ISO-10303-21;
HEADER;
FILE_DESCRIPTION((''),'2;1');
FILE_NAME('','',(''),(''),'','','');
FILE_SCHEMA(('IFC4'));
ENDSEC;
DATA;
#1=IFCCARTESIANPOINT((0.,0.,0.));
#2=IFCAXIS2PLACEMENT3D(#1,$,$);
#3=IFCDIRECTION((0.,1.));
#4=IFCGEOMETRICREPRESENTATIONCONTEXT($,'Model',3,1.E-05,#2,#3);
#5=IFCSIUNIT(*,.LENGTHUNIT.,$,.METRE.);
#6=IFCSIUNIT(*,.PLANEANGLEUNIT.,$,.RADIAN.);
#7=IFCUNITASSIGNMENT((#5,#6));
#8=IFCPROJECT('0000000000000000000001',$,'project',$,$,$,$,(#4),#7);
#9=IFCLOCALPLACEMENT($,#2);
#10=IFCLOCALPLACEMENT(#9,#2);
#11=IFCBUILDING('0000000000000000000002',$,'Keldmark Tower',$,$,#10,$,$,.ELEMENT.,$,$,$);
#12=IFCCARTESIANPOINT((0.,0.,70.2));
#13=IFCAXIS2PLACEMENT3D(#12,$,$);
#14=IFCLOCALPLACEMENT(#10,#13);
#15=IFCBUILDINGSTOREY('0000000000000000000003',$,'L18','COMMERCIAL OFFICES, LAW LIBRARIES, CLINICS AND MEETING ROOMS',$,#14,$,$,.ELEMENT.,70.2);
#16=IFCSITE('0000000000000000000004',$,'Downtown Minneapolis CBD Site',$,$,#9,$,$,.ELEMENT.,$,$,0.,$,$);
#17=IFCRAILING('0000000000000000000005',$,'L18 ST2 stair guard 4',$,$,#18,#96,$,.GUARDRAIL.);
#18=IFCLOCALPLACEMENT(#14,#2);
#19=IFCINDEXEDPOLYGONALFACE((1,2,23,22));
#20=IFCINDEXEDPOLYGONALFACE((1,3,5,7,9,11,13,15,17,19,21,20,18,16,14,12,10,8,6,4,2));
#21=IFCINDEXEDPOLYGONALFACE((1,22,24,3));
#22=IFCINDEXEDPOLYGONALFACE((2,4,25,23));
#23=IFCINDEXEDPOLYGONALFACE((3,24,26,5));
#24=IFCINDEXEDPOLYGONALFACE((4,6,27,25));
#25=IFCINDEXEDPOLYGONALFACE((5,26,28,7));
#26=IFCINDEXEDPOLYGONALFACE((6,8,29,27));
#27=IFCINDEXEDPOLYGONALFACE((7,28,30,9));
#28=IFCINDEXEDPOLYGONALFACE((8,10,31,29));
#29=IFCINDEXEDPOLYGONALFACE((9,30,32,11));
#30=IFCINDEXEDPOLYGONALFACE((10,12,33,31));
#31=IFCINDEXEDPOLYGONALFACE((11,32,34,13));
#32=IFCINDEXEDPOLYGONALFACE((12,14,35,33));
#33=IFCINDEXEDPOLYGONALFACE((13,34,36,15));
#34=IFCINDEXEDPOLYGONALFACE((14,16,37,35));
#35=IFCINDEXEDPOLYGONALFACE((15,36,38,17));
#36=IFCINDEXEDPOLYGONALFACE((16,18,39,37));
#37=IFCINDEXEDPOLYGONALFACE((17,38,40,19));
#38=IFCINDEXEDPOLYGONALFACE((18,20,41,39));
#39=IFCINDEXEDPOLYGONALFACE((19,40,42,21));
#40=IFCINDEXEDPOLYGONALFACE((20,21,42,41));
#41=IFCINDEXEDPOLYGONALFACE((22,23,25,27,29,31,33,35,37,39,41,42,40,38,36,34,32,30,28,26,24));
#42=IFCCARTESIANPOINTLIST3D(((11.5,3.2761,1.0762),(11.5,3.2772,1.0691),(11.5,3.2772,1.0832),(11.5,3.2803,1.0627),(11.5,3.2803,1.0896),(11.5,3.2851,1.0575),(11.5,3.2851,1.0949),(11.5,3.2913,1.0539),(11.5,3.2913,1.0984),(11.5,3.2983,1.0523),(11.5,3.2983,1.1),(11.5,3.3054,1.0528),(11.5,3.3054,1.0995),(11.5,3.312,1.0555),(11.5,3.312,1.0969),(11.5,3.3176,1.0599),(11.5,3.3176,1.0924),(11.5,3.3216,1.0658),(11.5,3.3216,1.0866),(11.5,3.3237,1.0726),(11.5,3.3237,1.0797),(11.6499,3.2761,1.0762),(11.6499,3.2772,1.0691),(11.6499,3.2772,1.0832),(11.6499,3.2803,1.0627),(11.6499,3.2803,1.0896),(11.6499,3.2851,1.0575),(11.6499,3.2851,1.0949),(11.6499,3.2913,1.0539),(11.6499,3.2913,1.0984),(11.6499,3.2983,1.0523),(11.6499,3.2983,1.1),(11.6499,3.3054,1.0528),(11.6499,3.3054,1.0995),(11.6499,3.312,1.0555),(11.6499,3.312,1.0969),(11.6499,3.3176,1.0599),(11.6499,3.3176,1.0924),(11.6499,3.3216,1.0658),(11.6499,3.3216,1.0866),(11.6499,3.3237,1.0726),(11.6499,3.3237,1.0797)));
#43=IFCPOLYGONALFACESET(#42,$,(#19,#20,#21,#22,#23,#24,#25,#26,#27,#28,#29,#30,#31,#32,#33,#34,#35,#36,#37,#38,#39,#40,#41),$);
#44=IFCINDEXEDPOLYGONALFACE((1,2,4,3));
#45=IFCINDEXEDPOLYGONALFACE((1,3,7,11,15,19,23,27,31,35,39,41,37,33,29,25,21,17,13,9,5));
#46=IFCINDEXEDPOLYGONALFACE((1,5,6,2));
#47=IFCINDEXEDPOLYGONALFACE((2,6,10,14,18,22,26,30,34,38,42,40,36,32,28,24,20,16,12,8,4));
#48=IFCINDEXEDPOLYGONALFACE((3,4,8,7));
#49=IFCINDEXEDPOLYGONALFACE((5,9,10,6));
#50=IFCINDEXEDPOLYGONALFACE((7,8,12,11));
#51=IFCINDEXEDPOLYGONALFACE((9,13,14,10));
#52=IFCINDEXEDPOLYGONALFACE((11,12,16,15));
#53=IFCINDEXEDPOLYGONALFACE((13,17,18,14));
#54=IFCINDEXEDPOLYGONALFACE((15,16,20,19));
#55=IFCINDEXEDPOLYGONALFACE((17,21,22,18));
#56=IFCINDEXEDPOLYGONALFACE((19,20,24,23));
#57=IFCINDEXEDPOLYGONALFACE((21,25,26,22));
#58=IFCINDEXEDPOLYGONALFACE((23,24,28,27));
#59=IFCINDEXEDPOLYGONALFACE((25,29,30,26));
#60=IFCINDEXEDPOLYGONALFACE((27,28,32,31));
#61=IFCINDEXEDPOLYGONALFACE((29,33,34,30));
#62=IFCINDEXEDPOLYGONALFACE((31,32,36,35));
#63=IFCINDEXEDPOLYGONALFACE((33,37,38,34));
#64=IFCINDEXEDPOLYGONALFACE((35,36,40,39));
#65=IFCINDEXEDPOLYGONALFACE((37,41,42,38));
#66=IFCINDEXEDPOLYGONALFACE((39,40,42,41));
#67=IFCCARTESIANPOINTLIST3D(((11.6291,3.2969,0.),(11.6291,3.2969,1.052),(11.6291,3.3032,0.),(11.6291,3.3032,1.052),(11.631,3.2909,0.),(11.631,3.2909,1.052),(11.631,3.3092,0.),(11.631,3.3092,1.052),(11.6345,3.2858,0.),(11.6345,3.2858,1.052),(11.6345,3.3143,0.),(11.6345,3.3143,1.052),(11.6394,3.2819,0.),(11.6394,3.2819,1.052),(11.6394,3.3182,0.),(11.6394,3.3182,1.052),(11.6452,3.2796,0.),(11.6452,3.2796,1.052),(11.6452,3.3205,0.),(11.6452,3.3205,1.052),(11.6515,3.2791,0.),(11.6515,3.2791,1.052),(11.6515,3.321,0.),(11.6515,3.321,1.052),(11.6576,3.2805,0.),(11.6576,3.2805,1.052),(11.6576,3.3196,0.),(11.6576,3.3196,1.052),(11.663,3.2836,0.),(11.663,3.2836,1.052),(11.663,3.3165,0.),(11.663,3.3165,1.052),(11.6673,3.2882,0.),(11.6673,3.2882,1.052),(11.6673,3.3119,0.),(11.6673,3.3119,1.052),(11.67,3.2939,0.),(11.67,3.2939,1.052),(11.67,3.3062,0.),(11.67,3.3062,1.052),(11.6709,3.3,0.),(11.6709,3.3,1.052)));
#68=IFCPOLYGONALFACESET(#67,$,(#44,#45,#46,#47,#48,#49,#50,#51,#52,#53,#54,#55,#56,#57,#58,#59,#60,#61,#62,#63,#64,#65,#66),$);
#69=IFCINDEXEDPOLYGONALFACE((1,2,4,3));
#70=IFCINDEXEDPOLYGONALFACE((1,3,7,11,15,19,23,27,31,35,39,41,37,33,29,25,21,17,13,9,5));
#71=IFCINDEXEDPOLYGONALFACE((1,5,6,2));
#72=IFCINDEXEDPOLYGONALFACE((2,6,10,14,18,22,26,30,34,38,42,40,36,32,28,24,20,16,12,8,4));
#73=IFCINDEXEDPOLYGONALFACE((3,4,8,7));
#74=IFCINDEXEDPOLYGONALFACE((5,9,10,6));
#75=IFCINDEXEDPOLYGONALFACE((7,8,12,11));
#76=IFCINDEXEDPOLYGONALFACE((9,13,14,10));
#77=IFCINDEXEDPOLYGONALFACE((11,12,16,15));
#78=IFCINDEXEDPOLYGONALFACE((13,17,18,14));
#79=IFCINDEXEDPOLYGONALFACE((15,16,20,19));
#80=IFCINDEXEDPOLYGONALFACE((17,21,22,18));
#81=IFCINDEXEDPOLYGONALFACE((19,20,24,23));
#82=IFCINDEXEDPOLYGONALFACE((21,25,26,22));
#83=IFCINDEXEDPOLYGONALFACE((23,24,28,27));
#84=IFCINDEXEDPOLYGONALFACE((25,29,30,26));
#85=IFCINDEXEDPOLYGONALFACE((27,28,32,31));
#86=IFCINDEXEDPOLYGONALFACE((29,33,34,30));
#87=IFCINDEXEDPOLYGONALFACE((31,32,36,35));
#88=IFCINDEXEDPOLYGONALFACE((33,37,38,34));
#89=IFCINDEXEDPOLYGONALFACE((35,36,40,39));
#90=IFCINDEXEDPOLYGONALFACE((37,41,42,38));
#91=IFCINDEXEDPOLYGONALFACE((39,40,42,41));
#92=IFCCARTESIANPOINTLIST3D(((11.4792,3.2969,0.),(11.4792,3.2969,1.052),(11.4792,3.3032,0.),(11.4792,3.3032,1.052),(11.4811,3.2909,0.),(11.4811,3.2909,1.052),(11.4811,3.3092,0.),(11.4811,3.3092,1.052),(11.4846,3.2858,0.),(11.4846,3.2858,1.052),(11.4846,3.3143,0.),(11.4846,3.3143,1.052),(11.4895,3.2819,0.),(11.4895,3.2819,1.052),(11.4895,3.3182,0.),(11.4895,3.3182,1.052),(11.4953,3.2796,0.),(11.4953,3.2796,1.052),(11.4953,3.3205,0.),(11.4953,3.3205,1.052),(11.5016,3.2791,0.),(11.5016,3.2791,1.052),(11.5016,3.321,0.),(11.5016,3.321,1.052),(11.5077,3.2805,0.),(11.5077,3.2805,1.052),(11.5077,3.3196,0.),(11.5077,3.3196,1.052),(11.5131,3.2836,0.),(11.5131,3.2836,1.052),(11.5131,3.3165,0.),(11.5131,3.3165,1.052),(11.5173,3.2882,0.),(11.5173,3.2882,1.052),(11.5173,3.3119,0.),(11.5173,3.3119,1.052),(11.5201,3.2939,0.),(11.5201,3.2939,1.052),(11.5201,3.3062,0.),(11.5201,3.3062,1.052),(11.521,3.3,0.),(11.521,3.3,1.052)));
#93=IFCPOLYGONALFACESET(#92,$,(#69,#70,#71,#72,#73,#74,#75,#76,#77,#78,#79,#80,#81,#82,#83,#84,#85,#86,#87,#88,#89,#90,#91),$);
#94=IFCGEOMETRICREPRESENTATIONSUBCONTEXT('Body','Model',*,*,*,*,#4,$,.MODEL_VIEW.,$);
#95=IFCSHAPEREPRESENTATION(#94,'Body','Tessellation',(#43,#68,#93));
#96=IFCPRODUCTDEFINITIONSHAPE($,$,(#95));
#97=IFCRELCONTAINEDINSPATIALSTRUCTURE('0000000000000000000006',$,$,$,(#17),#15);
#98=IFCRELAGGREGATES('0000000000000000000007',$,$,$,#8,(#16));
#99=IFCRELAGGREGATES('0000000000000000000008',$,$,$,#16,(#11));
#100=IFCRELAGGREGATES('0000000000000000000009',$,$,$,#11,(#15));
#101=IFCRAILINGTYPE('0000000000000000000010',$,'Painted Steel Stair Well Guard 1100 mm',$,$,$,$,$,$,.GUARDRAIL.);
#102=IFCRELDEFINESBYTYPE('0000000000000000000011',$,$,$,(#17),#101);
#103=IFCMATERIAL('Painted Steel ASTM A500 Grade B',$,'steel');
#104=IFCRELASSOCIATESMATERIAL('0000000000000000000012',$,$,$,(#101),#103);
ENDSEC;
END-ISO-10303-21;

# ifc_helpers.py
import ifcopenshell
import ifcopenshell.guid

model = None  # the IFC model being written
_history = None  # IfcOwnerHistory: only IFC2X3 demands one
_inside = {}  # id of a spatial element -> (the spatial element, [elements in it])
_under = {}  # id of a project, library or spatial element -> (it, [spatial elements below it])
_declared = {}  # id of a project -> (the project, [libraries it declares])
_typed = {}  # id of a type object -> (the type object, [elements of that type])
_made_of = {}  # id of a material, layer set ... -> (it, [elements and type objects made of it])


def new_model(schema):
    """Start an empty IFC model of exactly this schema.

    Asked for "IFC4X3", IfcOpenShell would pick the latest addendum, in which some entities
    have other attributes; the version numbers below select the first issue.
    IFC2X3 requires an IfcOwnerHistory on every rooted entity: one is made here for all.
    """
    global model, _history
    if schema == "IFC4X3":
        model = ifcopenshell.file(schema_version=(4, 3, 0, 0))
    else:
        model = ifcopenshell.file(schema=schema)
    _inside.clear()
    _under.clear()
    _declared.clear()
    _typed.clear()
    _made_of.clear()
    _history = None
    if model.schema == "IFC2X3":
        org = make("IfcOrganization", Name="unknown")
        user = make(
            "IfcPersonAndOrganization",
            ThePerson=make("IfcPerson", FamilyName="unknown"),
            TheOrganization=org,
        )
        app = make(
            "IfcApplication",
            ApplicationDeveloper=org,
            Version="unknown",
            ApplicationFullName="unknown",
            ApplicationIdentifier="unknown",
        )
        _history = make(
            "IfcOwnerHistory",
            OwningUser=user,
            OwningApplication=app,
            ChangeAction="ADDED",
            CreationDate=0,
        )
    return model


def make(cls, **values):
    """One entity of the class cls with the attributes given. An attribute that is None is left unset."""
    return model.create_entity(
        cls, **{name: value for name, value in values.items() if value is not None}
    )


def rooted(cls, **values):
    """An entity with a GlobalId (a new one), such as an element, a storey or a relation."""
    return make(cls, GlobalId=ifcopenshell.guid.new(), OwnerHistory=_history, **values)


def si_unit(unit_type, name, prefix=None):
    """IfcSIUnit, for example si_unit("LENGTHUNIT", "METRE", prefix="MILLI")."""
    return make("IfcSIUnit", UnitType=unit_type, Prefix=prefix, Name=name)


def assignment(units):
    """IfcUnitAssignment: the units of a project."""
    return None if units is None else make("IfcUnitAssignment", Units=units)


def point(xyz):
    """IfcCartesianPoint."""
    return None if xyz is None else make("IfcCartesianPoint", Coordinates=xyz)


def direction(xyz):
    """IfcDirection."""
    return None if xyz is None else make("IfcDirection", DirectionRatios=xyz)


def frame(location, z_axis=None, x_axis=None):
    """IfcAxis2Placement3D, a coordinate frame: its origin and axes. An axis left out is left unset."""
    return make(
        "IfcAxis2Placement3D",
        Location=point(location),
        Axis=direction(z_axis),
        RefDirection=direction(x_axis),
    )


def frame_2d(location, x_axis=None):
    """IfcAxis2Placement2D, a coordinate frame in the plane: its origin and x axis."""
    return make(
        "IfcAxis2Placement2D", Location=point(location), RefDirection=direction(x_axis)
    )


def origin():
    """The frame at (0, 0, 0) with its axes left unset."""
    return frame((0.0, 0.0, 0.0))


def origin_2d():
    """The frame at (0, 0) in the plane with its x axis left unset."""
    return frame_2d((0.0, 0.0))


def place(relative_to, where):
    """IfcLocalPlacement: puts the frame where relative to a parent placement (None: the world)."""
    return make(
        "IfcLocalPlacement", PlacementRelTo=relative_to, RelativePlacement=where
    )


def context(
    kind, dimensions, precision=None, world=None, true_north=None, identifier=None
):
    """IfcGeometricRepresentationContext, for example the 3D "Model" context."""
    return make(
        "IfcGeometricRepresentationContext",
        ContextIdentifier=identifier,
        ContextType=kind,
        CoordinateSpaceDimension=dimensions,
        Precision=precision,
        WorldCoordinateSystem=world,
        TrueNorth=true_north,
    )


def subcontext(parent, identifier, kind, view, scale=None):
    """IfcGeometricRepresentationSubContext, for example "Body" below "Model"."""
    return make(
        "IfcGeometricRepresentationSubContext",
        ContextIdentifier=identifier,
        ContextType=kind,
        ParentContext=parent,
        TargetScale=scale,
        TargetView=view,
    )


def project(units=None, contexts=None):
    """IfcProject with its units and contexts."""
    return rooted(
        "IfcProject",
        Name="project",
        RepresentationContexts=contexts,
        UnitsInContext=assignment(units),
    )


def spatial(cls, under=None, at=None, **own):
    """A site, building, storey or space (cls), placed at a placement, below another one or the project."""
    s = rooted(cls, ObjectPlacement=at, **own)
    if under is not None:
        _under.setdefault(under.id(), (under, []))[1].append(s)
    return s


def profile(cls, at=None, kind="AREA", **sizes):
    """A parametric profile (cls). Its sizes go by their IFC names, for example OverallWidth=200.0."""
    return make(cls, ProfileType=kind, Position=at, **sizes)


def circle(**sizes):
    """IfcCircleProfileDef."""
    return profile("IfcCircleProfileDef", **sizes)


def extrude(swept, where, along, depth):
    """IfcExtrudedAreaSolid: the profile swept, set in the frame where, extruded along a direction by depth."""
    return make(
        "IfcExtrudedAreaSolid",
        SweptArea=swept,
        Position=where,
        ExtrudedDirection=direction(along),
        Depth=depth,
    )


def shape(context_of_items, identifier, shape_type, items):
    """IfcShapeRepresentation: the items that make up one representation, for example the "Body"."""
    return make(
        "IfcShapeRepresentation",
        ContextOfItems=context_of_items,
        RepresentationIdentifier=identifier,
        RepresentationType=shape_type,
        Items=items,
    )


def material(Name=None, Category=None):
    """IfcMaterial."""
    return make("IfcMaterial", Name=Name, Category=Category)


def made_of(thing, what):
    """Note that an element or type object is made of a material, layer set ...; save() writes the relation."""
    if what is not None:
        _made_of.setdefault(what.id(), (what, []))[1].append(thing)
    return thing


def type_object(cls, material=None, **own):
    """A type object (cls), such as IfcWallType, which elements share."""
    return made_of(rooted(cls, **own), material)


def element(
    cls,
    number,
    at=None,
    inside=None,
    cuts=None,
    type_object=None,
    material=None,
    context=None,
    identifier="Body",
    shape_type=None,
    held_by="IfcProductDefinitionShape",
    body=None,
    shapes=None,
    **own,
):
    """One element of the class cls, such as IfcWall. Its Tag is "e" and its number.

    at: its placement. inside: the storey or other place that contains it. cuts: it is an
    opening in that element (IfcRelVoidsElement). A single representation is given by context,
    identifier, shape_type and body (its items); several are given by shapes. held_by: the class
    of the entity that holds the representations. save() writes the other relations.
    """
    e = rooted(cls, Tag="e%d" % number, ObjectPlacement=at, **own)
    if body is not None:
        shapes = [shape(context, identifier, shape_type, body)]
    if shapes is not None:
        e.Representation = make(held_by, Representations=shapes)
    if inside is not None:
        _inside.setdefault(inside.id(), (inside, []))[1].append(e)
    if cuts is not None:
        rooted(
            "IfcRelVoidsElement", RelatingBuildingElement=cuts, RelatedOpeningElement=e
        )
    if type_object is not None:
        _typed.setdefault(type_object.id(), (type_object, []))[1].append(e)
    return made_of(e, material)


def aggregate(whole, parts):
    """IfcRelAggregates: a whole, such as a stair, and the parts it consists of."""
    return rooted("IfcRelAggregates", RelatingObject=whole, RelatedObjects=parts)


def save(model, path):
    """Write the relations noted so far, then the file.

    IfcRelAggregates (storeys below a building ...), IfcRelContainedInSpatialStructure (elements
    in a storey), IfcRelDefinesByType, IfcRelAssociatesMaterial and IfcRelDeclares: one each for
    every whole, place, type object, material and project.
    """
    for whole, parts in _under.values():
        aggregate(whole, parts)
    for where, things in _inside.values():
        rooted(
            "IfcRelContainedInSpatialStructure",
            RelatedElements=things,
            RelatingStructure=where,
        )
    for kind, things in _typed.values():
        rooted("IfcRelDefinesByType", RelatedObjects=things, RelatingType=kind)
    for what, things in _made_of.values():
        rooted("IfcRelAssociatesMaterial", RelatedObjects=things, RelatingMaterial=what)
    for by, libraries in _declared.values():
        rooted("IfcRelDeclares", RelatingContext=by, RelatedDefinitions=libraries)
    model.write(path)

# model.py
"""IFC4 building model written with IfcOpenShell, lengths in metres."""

from ifc_helpers import new_model, si_unit, direction, frame, origin, origin_2d, place, context, subcontext, project, spatial, circle, extrude, material, type_object, element, save


model = new_model("IFC4")

# Units and contexts
model_context = context("Model", 3, precision=1e-05, world=origin(), true_north=direction((0.0, 1.0)))
body_context = subcontext(model_context, "Body", "Model", "MODEL_VIEW")
ifc_project = project(units=[si_unit("LENGTHUNIT", "METRE"), si_unit("PLANEANGLEUNIT", "RADIAN")], contexts=[model_context])

# Site, building, storey
site_placement = place(None, origin())
site = spatial("IfcSite", under=ifc_project, at=site_placement, Name="Downtown Minneapolis CBD Site", CompositionType="ELEMENT", RefElevation=0.0)
building_placement = place(site_placement, origin())
building = spatial("IfcBuilding", under=site, at=building_placement, Name="Keldmark Tower", CompositionType="ELEMENT")
storey_placement = place(building_placement, frame((0.0, 0.0, 70.2)))
storey = spatial("IfcBuildingStorey", under=building, at=storey_placement, Name="L18", Description="COMMERCIAL OFFICES, LAW LIBRARIES, CLINICS AND MEETING ROOMS", CompositionType="ELEMENT", Elevation=70.2)

# Railing
ifc_material_1 = material(Name="Painted Steel ASTM A500 Grade B", Category="steel")
railing_type_1 = type_object("IfcRailingType", Name="Painted Steel Stair Well Guard 1100 mm", PredefinedType="GUARDRAIL", material=ifc_material_1)
railing_1_placement = place(storey_placement, frame((11.6499, 3.3, 0.0)))
element("IfcRailing", 1, at=railing_1_placement, inside=storey, type_object=railing_type_1, Name="L18 ST2 stair guard 4", PredefinedType="GUARDRAIL", context=body_context, shape_type="SweptSolid", body=[
    extrude(circle(Radius=0.0239, at=origin_2d()), frame((0.0, 0.0, 1.0762), z_axis=(-1.0, 0.0, 0.0), x_axis=(0.0, -1.0, 0.0)), (0.0, 0.0, 1.0), 0.1499),
    extrude(circle(Radius=0.021, at=origin_2d()), origin(), (0.0, 0.0, 1.0), 1.052),
    extrude(circle(Radius=0.021, at=origin_2d()), frame((-0.1499, 0.0, 0.0)), (0.0, 0.0, 1.0), 1.052),
])

save(model, "model.ifc")
